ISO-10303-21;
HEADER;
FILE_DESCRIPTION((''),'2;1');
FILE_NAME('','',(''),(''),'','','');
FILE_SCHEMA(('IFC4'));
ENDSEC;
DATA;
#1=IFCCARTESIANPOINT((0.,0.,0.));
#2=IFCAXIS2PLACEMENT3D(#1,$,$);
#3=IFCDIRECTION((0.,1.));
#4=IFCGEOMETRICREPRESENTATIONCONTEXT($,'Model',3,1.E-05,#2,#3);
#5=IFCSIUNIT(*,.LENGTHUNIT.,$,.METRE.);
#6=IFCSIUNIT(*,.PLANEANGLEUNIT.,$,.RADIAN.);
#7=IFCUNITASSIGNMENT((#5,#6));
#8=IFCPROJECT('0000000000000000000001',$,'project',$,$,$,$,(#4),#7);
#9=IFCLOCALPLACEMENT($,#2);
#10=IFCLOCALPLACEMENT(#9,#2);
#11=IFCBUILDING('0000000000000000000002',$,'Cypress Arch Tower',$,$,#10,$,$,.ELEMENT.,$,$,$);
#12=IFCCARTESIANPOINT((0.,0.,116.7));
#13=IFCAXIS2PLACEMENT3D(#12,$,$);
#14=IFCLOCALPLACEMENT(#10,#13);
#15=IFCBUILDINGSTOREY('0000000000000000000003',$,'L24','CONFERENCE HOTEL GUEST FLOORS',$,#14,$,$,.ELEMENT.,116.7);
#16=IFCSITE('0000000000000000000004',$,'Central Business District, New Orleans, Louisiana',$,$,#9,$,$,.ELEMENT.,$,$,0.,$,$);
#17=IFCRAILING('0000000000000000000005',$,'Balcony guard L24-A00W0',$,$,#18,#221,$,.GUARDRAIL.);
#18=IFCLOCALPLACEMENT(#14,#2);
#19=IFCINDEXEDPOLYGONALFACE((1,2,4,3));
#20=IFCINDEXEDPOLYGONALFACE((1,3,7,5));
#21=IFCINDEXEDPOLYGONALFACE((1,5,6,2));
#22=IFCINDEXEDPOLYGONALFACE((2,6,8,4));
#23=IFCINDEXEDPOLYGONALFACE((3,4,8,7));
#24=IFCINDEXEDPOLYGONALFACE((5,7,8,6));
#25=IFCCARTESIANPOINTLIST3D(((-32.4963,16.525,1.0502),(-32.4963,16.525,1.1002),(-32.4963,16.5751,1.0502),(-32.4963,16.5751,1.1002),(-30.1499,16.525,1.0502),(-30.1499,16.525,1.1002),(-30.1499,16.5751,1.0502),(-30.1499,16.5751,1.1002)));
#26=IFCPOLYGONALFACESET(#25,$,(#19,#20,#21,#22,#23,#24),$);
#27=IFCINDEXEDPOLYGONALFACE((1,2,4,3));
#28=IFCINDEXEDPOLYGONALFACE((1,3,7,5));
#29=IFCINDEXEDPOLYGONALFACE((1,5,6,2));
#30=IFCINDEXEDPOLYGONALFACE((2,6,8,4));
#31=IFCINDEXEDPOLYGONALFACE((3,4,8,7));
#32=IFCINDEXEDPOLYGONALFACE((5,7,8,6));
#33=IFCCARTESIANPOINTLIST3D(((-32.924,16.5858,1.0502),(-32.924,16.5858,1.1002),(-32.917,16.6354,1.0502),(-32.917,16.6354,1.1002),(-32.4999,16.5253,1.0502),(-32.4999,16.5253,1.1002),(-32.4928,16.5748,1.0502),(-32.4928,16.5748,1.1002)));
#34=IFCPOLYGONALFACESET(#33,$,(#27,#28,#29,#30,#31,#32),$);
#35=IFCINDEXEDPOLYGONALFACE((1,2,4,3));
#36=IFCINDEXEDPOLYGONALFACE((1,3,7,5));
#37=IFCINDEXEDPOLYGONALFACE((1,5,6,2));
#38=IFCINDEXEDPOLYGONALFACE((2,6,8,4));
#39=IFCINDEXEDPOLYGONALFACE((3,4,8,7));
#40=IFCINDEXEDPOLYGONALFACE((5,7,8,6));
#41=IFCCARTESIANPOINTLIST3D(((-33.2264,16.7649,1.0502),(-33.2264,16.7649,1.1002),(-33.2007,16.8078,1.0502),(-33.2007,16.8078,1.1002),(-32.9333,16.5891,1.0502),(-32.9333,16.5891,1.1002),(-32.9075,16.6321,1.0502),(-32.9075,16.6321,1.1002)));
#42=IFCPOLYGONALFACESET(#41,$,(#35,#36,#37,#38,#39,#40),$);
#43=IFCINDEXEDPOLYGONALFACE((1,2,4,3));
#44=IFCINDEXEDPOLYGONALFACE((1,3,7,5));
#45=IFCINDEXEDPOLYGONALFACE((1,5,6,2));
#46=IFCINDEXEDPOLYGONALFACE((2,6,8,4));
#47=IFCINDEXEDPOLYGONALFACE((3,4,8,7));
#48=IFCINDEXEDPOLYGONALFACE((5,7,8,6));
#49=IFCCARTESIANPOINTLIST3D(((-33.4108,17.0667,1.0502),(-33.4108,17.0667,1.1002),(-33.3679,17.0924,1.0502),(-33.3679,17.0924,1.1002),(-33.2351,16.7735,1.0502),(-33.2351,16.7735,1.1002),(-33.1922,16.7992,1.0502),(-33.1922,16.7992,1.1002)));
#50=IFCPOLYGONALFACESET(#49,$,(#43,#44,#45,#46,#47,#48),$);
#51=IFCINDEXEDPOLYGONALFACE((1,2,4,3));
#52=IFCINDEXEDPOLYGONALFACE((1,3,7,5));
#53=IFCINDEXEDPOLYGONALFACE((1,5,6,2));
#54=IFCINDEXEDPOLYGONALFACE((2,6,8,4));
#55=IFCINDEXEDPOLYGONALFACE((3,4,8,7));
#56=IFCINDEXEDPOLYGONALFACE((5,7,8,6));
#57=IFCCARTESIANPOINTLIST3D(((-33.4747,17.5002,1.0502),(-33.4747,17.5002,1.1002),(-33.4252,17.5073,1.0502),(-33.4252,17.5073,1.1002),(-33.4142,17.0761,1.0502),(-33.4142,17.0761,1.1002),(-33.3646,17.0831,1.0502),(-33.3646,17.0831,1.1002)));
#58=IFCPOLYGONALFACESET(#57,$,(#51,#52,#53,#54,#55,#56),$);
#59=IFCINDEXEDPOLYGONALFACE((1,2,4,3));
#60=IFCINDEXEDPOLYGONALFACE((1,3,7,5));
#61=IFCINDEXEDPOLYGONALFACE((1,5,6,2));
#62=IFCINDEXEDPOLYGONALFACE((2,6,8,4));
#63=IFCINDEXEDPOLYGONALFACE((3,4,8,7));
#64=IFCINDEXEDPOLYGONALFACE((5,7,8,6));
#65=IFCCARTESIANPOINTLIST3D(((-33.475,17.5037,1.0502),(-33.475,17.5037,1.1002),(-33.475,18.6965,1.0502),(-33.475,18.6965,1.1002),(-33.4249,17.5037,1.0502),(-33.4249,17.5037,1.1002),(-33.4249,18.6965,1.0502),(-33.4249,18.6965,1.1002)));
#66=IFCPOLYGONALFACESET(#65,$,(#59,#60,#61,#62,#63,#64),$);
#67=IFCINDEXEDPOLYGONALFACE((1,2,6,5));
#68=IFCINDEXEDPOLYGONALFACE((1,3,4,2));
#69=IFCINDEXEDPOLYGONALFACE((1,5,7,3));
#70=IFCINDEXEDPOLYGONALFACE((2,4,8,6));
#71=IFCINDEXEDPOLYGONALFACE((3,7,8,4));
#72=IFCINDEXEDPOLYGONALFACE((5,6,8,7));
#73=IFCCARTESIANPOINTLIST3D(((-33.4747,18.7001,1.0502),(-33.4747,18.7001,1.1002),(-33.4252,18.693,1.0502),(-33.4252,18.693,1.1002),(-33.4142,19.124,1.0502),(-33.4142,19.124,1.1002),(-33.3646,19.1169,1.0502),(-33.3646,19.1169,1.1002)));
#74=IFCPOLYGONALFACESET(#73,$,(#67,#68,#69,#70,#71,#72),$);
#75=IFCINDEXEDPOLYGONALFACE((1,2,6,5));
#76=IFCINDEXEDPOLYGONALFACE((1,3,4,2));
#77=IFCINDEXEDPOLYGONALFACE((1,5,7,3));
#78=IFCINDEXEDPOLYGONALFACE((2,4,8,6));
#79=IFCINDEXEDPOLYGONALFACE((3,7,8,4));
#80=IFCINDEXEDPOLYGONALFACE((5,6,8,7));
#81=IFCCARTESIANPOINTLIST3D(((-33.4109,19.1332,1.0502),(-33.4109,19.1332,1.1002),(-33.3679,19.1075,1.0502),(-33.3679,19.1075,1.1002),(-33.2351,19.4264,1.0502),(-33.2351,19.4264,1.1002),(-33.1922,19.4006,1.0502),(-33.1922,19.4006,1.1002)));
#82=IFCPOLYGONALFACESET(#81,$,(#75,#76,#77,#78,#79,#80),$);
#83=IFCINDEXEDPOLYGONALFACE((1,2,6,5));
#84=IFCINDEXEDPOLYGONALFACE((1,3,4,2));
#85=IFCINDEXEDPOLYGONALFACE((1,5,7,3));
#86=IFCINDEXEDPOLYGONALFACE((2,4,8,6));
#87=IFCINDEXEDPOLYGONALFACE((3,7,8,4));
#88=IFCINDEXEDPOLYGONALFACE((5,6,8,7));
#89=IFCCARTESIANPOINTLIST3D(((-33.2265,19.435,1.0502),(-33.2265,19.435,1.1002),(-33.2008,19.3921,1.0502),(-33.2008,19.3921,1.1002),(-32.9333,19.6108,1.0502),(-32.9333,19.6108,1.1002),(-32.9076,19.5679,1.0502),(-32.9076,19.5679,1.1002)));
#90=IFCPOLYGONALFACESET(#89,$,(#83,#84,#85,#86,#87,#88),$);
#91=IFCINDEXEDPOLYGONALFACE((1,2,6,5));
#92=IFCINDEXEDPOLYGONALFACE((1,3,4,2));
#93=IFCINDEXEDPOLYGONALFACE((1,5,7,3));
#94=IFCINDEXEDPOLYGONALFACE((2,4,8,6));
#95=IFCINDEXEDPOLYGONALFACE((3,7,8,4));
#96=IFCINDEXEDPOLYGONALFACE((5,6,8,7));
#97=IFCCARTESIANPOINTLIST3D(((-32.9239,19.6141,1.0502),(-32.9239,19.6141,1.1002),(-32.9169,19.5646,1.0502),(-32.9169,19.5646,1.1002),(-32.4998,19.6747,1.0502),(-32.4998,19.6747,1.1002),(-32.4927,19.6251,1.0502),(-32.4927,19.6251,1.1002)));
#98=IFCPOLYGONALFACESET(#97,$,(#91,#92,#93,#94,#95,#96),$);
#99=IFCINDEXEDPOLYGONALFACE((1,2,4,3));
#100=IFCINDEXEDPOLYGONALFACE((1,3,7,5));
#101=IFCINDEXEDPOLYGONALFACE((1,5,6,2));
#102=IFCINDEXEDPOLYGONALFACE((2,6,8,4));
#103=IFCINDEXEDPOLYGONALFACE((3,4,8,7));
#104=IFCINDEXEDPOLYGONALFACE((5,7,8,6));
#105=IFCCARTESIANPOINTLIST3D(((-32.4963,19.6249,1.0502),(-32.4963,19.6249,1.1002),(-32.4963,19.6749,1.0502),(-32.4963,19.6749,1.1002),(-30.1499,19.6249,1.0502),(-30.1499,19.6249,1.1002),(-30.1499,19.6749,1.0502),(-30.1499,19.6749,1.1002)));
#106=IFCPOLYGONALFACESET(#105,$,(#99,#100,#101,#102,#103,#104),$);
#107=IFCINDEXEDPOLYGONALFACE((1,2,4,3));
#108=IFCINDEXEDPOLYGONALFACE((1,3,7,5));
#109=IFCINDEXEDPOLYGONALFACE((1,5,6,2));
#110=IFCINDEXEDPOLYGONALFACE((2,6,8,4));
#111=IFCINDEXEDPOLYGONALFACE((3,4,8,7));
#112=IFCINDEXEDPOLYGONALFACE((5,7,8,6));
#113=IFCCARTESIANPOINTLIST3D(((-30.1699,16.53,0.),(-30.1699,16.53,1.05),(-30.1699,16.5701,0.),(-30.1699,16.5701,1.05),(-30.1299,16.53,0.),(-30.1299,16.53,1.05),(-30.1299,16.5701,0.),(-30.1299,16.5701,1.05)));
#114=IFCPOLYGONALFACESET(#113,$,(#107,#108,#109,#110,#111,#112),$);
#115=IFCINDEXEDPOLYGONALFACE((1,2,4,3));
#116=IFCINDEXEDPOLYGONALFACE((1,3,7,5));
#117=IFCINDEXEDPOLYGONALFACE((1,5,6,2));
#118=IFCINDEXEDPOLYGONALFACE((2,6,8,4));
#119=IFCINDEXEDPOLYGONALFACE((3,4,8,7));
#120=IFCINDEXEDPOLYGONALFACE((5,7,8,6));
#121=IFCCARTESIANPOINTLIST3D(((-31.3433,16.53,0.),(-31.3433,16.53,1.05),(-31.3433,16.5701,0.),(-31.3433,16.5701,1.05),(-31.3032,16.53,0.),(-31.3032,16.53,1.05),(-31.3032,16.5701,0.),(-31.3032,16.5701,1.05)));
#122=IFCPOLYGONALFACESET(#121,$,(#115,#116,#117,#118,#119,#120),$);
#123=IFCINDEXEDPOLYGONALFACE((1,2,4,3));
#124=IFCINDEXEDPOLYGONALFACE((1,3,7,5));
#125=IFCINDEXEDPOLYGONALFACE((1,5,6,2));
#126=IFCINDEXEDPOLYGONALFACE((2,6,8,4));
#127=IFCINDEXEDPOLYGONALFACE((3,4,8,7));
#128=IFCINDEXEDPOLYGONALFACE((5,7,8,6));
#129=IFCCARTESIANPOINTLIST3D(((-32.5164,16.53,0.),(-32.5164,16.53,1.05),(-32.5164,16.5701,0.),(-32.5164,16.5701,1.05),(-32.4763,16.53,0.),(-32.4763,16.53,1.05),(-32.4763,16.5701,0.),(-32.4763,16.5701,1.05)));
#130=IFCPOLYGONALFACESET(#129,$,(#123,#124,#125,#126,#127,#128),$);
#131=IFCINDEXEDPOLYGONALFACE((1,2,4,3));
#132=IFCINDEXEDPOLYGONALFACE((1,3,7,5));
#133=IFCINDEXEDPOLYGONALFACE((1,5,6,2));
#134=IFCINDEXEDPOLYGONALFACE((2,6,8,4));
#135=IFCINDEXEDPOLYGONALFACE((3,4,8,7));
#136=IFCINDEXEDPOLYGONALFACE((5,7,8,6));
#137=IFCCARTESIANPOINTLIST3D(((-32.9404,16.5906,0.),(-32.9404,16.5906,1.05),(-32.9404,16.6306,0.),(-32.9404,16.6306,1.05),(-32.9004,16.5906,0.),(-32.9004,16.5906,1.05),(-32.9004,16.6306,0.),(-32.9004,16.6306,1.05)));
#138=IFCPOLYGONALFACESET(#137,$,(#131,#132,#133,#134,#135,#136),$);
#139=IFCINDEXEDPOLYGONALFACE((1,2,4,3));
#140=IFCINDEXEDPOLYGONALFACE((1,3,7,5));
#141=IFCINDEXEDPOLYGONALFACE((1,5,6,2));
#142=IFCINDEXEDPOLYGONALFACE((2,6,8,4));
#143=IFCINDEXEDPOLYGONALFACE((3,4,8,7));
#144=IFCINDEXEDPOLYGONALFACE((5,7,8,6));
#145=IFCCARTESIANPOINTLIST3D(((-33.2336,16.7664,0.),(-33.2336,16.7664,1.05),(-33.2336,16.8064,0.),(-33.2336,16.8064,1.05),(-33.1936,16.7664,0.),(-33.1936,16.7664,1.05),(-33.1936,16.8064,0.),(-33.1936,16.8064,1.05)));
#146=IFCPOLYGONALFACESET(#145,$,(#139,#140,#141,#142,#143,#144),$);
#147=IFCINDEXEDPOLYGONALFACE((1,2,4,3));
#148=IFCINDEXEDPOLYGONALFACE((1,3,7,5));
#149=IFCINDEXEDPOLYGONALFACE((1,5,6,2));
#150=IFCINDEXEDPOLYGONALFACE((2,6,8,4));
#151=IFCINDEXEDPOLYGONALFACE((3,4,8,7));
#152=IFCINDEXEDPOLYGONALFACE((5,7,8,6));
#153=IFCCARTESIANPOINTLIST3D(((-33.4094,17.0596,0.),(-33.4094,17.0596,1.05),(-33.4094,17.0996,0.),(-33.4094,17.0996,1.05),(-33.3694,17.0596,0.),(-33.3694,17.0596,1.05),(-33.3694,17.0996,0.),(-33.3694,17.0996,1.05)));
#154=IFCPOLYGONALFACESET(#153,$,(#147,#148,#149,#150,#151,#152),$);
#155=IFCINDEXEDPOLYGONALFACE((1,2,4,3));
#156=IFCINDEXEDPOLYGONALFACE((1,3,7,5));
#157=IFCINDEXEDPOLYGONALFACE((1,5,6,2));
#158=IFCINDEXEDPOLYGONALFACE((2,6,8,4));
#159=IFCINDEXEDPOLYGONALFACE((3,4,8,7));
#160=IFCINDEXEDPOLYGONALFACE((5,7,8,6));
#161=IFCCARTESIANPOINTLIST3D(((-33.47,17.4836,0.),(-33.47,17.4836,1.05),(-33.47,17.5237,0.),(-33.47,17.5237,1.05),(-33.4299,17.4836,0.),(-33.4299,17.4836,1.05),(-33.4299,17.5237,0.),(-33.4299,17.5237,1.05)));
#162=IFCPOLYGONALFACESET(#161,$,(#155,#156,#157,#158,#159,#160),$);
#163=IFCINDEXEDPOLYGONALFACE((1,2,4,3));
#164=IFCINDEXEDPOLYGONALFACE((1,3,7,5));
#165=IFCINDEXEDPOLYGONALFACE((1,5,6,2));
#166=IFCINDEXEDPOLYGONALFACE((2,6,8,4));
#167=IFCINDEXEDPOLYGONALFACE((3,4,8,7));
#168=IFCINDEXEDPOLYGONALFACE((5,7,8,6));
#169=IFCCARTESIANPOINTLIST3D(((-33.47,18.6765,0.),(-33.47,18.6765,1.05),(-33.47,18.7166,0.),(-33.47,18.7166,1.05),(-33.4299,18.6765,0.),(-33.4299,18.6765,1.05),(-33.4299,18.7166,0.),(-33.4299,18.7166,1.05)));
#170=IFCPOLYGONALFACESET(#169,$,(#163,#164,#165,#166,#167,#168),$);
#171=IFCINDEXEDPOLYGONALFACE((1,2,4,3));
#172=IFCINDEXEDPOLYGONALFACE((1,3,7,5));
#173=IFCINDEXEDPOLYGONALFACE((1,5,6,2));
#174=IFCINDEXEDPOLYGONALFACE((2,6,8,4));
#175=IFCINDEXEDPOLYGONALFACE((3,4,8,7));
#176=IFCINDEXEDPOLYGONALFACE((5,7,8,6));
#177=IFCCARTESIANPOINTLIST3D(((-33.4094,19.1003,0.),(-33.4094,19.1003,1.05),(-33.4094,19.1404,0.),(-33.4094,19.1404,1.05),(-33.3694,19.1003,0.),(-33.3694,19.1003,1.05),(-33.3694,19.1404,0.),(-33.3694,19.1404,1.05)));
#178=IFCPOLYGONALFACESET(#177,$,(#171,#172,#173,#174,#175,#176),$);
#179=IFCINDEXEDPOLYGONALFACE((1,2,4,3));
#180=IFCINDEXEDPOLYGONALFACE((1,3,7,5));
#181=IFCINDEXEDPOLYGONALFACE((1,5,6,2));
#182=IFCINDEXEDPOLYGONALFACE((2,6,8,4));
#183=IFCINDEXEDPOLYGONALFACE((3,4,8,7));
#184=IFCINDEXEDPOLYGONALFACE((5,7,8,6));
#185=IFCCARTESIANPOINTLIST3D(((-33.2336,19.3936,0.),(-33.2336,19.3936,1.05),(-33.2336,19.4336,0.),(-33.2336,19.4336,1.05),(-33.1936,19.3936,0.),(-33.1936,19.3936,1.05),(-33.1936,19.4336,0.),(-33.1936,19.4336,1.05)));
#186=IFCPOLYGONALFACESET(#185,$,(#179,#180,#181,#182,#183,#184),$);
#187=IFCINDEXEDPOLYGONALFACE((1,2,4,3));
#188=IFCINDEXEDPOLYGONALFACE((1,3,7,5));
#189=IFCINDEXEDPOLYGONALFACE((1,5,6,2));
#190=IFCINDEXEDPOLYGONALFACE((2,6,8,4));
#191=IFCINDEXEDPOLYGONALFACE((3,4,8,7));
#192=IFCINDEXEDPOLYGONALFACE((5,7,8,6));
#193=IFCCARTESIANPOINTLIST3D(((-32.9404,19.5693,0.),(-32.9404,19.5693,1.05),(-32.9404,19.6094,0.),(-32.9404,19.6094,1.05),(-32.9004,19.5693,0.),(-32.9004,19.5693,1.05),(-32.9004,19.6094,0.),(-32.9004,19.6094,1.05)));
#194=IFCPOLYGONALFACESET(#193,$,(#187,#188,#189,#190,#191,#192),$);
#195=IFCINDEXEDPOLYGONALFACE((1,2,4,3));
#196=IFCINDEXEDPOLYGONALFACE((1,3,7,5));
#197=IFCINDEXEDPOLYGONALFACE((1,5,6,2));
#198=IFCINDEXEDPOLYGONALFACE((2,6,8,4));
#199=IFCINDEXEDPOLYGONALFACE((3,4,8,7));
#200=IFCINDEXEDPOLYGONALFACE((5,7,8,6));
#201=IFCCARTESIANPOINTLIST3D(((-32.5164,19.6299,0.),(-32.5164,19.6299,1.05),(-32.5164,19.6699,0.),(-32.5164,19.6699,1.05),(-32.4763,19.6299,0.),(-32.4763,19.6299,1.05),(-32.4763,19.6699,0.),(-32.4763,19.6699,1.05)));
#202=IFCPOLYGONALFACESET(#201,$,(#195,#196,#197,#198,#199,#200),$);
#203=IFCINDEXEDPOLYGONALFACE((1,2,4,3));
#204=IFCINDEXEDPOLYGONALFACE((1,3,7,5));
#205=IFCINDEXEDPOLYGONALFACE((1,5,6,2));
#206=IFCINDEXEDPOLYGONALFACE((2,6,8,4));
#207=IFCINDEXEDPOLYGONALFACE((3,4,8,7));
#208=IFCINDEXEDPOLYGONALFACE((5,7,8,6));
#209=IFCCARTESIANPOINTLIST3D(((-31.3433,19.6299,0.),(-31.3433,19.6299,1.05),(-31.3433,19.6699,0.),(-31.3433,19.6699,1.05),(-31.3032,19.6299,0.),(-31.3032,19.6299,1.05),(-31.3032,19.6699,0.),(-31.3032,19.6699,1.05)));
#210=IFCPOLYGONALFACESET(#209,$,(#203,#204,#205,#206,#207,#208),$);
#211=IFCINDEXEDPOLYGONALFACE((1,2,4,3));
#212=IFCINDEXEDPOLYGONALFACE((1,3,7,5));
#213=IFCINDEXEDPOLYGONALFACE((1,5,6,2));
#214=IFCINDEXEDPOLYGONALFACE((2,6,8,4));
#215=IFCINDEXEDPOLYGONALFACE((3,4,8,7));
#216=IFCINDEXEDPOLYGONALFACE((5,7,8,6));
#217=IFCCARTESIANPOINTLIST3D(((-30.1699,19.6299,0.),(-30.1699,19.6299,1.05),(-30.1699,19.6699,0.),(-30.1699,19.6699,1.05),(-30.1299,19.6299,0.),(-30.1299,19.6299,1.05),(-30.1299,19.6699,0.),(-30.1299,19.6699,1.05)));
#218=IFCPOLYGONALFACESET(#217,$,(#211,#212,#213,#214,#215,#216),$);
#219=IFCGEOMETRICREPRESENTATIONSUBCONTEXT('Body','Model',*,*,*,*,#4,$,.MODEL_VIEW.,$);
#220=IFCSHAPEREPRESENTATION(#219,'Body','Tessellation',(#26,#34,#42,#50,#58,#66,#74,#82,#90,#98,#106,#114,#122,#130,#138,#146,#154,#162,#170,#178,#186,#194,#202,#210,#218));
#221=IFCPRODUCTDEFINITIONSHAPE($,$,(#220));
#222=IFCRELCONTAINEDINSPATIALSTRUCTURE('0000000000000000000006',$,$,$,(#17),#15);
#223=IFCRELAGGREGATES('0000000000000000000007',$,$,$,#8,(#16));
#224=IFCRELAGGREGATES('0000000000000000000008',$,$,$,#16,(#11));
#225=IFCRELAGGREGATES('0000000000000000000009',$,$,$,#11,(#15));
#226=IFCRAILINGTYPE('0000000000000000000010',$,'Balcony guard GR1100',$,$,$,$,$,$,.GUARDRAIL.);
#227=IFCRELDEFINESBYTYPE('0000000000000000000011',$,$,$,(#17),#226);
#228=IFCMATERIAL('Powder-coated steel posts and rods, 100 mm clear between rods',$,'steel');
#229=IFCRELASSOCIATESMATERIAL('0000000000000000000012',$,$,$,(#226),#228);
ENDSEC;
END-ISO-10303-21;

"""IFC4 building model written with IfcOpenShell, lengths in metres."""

from ifc_helpers import new_model, si_unit, direction, frame, origin, origin_2d, place, context, subcontext, project, spatial, rectangle, extrude, material, type_object, element, save


model = new_model("IFC4")

# Units and contexts
model_context = context("Model", 3, precision=1e-05, world=origin(), true_north=direction((0.0, 1.0)))
body_context = subcontext(model_context, "Body", "Model", "MODEL_VIEW")
ifc_project = project(units=[si_unit("LENGTHUNIT", "METRE"), si_unit("PLANEANGLEUNIT", "RADIAN")], contexts=[model_context])

# Site, building, storey
site_placement = place(None, origin())
site = spatial("IfcSite", under=ifc_project, at=site_placement, Name="Central Business District, New Orleans, Louisiana", CompositionType="ELEMENT", RefElevation=0.0)
building_placement = place(site_placement, origin())
building = spatial("IfcBuilding", under=site, at=building_placement, Name="Cypress Arch Tower", CompositionType="ELEMENT")
storey_placement = place(building_placement, frame((0.0, 0.0, 116.7)))
storey = spatial("IfcBuildingStorey", under=building, at=storey_placement, Name="L24", Description="CONFERENCE HOTEL GUEST FLOORS", CompositionType="ELEMENT", Elevation=116.7)

# Railing
ifc_material_1 = material(Name="Powder-coated steel posts and rods, 100 mm clear between rods", Category="steel")
railing_type_1 = type_object("IfcRailingType", Name="Balcony guard GR1100", PredefinedType="GUARDRAIL", material=ifc_material_1)
railing_1_placement = place(storey_placement, frame((-30.1499, 16.55, 0.0)))
element("IfcRailing", 1, at=railing_1_placement, inside=storey, type_object=railing_type_1, Name="Balcony guard L24-A00W0", PredefinedType="GUARDRAIL", context=body_context, shape_type="SweptSolid", body=[
    extrude(rectangle(XDim=0.05, YDim=0.05, at=origin_2d()), frame((0.0, 0.0, 1.0752), z_axis=(-1.0, 0.0, 0.0), x_axis=(0.0, -1.0, 0.0)), (0.0, 0.0, 1.0), 2.3464),
    extrude(rectangle(XDim=0.05, YDim=0.05, at=origin_2d()), frame((-2.3464, 0.0, 1.0752), z_axis=(-0.989961, 0.141342, 0.0), x_axis=(-0.141342, -0.989961, 0.0)), (0.0, 0.0, 1.0), 0.4285),
    extrude(rectangle(XDim=0.05, YDim=0.05, at=origin_2d()), frame((-2.7705, 0.0605, 1.0752), z_axis=(-0.857682, 0.514181, 0.0), x_axis=(-0.514181, -0.857682, 0.0)), (0.0, 0.0, 1.0), 0.3418),
    extrude(rectangle(XDim=0.05, YDim=0.05, at=origin_2d()), frame((-3.0637, 0.2363, 1.0752), z_axis=(-0.514181, 0.857682, 0.0), x_axis=(-0.857682, -0.514181, 0.0)), (0.0, 0.0, 1.0), 0.3418),
    extrude(rectangle(XDim=0.05, YDim=0.05, at=origin_2d()), frame((-3.2395, 0.5295, 1.0752), z_axis=(-0.141342, 0.989961, 0.0), x_axis=(-0.989961, -0.141342, 0.0)), (0.0, 0.0, 1.0), 0.4285),
    extrude(rectangle(XDim=0.05, YDim=0.05, at=origin_2d()), frame((-3.3, 0.9536, 1.0752), z_axis=(0.0, 1.0, 0.0), x_axis=(-1.0, 0.0, 0.0)), (0.0, 0.0, 1.0), 1.1929),
    extrude(rectangle(XDim=0.05, YDim=0.05, at=origin_2d()), frame((-3.3, 2.1465, 1.0752), z_axis=(0.141421, 0.989949, 0.0), x_axis=(-0.989949, 0.141421, 0.0)), (0.0, 0.0, 1.0), 0.4282),
    extrude(rectangle(XDim=0.05, YDim=0.05, at=origin_2d()), frame((-3.2395, 2.5703, 1.0752), z_axis=(0.514181, 0.857682, 0.0), x_axis=(-0.857682, 0.514181, 0.0)), (0.0, 0.0, 1.0), 0.3418),
    extrude(rectangle(XDim=0.05, YDim=0.05, at=origin_2d()), frame((-3.0637, 2.8635, 1.0752), z_axis=(0.857682, 0.514181, 0.0), x_axis=(-0.514181, 0.857682, 0.0)), (0.0, 0.0, 1.0), 0.3418),
    extrude(rectangle(XDim=0.05, YDim=0.05, at=origin_2d()), frame((-2.7705, 3.0393, 1.0752), z_axis=(0.989961, 0.141342, 0.0), x_axis=(-0.141342, 0.989961, 0.0)), (0.0, 0.0, 1.0), 0.4285),
    extrude(rectangle(XDim=0.05, YDim=0.05, at=origin_2d()), frame((-2.3464, 3.0999, 1.0752), z_axis=(1.0, 0.0, 0.0), x_axis=(0.0, 1.0, 0.0)), (0.0, 0.0, 1.0), 2.3464),
    extrude(rectangle(XDim=0.04, YDim=0.04, at=origin_2d()), origin(), (0.0, 0.0, 1.0), 1.05),
    extrude(rectangle(XDim=0.04, YDim=0.04, at=origin_2d()), frame((-1.1733, 0.0, 0.0)), (0.0, 0.0, 1.0), 1.05),
    extrude(rectangle(XDim=0.04, YDim=0.04, at=origin_2d()), frame((-2.3464, 0.0, 0.0)), (0.0, 0.0, 1.0), 1.05),
    extrude(rectangle(XDim=0.04, YDim=0.04, at=origin_2d()), frame((-2.7705, 0.0605, 0.0)), (0.0, 0.0, 1.0), 1.05),
    extrude(rectangle(XDim=0.04, YDim=0.04, at=origin_2d()), frame((-3.0637, 0.2363, 0.0)), (0.0, 0.0, 1.0), 1.05),
    extrude(rectangle(XDim=0.04, YDim=0.04, at=origin_2d()), frame((-3.2395, 0.5295, 0.0)), (0.0, 0.0, 1.0), 1.05),
    extrude(rectangle(XDim=0.04, YDim=0.04, at=origin_2d()), frame((-3.3, 0.9536, 0.0)), (0.0, 0.0, 1.0), 1.05),
    extrude(rectangle(XDim=0.04, YDim=0.04, at=origin_2d()), frame((-3.3, 2.1465, 0.0)), (0.0, 0.0, 1.0), 1.05),
    extrude(rectangle(XDim=0.04, YDim=0.04, at=origin_2d()), frame((-3.2395, 2.5703, 0.0)), (0.0, 0.0, 1.0), 1.05),
    extrude(rectangle(XDim=0.04, YDim=0.04, at=origin_2d()), frame((-3.0637, 2.8635, 0.0)), (0.0, 0.0, 1.0), 1.05),
    extrude(rectangle(XDim=0.04, YDim=0.04, at=origin_2d()), frame((-2.7705, 3.0393, 0.0)), (0.0, 0.0, 1.0), 1.05),
    extrude(rectangle(XDim=0.04, YDim=0.04, at=origin_2d()), frame((-2.3464, 3.0999, 0.0)), (0.0, 0.0, 1.0), 1.05),
    extrude(rectangle(XDim=0.04, YDim=0.04, at=origin_2d()), frame((-1.1733, 3.0999, 0.0)), (0.0, 0.0, 1.0), 1.05),
    extrude(rectangle(XDim=0.04, YDim=0.04, at=origin_2d()), frame((0.0, 3.0999, 0.0)), (0.0, 0.0, 1.0), 1.05),
])

save(model, "model.ifc")
